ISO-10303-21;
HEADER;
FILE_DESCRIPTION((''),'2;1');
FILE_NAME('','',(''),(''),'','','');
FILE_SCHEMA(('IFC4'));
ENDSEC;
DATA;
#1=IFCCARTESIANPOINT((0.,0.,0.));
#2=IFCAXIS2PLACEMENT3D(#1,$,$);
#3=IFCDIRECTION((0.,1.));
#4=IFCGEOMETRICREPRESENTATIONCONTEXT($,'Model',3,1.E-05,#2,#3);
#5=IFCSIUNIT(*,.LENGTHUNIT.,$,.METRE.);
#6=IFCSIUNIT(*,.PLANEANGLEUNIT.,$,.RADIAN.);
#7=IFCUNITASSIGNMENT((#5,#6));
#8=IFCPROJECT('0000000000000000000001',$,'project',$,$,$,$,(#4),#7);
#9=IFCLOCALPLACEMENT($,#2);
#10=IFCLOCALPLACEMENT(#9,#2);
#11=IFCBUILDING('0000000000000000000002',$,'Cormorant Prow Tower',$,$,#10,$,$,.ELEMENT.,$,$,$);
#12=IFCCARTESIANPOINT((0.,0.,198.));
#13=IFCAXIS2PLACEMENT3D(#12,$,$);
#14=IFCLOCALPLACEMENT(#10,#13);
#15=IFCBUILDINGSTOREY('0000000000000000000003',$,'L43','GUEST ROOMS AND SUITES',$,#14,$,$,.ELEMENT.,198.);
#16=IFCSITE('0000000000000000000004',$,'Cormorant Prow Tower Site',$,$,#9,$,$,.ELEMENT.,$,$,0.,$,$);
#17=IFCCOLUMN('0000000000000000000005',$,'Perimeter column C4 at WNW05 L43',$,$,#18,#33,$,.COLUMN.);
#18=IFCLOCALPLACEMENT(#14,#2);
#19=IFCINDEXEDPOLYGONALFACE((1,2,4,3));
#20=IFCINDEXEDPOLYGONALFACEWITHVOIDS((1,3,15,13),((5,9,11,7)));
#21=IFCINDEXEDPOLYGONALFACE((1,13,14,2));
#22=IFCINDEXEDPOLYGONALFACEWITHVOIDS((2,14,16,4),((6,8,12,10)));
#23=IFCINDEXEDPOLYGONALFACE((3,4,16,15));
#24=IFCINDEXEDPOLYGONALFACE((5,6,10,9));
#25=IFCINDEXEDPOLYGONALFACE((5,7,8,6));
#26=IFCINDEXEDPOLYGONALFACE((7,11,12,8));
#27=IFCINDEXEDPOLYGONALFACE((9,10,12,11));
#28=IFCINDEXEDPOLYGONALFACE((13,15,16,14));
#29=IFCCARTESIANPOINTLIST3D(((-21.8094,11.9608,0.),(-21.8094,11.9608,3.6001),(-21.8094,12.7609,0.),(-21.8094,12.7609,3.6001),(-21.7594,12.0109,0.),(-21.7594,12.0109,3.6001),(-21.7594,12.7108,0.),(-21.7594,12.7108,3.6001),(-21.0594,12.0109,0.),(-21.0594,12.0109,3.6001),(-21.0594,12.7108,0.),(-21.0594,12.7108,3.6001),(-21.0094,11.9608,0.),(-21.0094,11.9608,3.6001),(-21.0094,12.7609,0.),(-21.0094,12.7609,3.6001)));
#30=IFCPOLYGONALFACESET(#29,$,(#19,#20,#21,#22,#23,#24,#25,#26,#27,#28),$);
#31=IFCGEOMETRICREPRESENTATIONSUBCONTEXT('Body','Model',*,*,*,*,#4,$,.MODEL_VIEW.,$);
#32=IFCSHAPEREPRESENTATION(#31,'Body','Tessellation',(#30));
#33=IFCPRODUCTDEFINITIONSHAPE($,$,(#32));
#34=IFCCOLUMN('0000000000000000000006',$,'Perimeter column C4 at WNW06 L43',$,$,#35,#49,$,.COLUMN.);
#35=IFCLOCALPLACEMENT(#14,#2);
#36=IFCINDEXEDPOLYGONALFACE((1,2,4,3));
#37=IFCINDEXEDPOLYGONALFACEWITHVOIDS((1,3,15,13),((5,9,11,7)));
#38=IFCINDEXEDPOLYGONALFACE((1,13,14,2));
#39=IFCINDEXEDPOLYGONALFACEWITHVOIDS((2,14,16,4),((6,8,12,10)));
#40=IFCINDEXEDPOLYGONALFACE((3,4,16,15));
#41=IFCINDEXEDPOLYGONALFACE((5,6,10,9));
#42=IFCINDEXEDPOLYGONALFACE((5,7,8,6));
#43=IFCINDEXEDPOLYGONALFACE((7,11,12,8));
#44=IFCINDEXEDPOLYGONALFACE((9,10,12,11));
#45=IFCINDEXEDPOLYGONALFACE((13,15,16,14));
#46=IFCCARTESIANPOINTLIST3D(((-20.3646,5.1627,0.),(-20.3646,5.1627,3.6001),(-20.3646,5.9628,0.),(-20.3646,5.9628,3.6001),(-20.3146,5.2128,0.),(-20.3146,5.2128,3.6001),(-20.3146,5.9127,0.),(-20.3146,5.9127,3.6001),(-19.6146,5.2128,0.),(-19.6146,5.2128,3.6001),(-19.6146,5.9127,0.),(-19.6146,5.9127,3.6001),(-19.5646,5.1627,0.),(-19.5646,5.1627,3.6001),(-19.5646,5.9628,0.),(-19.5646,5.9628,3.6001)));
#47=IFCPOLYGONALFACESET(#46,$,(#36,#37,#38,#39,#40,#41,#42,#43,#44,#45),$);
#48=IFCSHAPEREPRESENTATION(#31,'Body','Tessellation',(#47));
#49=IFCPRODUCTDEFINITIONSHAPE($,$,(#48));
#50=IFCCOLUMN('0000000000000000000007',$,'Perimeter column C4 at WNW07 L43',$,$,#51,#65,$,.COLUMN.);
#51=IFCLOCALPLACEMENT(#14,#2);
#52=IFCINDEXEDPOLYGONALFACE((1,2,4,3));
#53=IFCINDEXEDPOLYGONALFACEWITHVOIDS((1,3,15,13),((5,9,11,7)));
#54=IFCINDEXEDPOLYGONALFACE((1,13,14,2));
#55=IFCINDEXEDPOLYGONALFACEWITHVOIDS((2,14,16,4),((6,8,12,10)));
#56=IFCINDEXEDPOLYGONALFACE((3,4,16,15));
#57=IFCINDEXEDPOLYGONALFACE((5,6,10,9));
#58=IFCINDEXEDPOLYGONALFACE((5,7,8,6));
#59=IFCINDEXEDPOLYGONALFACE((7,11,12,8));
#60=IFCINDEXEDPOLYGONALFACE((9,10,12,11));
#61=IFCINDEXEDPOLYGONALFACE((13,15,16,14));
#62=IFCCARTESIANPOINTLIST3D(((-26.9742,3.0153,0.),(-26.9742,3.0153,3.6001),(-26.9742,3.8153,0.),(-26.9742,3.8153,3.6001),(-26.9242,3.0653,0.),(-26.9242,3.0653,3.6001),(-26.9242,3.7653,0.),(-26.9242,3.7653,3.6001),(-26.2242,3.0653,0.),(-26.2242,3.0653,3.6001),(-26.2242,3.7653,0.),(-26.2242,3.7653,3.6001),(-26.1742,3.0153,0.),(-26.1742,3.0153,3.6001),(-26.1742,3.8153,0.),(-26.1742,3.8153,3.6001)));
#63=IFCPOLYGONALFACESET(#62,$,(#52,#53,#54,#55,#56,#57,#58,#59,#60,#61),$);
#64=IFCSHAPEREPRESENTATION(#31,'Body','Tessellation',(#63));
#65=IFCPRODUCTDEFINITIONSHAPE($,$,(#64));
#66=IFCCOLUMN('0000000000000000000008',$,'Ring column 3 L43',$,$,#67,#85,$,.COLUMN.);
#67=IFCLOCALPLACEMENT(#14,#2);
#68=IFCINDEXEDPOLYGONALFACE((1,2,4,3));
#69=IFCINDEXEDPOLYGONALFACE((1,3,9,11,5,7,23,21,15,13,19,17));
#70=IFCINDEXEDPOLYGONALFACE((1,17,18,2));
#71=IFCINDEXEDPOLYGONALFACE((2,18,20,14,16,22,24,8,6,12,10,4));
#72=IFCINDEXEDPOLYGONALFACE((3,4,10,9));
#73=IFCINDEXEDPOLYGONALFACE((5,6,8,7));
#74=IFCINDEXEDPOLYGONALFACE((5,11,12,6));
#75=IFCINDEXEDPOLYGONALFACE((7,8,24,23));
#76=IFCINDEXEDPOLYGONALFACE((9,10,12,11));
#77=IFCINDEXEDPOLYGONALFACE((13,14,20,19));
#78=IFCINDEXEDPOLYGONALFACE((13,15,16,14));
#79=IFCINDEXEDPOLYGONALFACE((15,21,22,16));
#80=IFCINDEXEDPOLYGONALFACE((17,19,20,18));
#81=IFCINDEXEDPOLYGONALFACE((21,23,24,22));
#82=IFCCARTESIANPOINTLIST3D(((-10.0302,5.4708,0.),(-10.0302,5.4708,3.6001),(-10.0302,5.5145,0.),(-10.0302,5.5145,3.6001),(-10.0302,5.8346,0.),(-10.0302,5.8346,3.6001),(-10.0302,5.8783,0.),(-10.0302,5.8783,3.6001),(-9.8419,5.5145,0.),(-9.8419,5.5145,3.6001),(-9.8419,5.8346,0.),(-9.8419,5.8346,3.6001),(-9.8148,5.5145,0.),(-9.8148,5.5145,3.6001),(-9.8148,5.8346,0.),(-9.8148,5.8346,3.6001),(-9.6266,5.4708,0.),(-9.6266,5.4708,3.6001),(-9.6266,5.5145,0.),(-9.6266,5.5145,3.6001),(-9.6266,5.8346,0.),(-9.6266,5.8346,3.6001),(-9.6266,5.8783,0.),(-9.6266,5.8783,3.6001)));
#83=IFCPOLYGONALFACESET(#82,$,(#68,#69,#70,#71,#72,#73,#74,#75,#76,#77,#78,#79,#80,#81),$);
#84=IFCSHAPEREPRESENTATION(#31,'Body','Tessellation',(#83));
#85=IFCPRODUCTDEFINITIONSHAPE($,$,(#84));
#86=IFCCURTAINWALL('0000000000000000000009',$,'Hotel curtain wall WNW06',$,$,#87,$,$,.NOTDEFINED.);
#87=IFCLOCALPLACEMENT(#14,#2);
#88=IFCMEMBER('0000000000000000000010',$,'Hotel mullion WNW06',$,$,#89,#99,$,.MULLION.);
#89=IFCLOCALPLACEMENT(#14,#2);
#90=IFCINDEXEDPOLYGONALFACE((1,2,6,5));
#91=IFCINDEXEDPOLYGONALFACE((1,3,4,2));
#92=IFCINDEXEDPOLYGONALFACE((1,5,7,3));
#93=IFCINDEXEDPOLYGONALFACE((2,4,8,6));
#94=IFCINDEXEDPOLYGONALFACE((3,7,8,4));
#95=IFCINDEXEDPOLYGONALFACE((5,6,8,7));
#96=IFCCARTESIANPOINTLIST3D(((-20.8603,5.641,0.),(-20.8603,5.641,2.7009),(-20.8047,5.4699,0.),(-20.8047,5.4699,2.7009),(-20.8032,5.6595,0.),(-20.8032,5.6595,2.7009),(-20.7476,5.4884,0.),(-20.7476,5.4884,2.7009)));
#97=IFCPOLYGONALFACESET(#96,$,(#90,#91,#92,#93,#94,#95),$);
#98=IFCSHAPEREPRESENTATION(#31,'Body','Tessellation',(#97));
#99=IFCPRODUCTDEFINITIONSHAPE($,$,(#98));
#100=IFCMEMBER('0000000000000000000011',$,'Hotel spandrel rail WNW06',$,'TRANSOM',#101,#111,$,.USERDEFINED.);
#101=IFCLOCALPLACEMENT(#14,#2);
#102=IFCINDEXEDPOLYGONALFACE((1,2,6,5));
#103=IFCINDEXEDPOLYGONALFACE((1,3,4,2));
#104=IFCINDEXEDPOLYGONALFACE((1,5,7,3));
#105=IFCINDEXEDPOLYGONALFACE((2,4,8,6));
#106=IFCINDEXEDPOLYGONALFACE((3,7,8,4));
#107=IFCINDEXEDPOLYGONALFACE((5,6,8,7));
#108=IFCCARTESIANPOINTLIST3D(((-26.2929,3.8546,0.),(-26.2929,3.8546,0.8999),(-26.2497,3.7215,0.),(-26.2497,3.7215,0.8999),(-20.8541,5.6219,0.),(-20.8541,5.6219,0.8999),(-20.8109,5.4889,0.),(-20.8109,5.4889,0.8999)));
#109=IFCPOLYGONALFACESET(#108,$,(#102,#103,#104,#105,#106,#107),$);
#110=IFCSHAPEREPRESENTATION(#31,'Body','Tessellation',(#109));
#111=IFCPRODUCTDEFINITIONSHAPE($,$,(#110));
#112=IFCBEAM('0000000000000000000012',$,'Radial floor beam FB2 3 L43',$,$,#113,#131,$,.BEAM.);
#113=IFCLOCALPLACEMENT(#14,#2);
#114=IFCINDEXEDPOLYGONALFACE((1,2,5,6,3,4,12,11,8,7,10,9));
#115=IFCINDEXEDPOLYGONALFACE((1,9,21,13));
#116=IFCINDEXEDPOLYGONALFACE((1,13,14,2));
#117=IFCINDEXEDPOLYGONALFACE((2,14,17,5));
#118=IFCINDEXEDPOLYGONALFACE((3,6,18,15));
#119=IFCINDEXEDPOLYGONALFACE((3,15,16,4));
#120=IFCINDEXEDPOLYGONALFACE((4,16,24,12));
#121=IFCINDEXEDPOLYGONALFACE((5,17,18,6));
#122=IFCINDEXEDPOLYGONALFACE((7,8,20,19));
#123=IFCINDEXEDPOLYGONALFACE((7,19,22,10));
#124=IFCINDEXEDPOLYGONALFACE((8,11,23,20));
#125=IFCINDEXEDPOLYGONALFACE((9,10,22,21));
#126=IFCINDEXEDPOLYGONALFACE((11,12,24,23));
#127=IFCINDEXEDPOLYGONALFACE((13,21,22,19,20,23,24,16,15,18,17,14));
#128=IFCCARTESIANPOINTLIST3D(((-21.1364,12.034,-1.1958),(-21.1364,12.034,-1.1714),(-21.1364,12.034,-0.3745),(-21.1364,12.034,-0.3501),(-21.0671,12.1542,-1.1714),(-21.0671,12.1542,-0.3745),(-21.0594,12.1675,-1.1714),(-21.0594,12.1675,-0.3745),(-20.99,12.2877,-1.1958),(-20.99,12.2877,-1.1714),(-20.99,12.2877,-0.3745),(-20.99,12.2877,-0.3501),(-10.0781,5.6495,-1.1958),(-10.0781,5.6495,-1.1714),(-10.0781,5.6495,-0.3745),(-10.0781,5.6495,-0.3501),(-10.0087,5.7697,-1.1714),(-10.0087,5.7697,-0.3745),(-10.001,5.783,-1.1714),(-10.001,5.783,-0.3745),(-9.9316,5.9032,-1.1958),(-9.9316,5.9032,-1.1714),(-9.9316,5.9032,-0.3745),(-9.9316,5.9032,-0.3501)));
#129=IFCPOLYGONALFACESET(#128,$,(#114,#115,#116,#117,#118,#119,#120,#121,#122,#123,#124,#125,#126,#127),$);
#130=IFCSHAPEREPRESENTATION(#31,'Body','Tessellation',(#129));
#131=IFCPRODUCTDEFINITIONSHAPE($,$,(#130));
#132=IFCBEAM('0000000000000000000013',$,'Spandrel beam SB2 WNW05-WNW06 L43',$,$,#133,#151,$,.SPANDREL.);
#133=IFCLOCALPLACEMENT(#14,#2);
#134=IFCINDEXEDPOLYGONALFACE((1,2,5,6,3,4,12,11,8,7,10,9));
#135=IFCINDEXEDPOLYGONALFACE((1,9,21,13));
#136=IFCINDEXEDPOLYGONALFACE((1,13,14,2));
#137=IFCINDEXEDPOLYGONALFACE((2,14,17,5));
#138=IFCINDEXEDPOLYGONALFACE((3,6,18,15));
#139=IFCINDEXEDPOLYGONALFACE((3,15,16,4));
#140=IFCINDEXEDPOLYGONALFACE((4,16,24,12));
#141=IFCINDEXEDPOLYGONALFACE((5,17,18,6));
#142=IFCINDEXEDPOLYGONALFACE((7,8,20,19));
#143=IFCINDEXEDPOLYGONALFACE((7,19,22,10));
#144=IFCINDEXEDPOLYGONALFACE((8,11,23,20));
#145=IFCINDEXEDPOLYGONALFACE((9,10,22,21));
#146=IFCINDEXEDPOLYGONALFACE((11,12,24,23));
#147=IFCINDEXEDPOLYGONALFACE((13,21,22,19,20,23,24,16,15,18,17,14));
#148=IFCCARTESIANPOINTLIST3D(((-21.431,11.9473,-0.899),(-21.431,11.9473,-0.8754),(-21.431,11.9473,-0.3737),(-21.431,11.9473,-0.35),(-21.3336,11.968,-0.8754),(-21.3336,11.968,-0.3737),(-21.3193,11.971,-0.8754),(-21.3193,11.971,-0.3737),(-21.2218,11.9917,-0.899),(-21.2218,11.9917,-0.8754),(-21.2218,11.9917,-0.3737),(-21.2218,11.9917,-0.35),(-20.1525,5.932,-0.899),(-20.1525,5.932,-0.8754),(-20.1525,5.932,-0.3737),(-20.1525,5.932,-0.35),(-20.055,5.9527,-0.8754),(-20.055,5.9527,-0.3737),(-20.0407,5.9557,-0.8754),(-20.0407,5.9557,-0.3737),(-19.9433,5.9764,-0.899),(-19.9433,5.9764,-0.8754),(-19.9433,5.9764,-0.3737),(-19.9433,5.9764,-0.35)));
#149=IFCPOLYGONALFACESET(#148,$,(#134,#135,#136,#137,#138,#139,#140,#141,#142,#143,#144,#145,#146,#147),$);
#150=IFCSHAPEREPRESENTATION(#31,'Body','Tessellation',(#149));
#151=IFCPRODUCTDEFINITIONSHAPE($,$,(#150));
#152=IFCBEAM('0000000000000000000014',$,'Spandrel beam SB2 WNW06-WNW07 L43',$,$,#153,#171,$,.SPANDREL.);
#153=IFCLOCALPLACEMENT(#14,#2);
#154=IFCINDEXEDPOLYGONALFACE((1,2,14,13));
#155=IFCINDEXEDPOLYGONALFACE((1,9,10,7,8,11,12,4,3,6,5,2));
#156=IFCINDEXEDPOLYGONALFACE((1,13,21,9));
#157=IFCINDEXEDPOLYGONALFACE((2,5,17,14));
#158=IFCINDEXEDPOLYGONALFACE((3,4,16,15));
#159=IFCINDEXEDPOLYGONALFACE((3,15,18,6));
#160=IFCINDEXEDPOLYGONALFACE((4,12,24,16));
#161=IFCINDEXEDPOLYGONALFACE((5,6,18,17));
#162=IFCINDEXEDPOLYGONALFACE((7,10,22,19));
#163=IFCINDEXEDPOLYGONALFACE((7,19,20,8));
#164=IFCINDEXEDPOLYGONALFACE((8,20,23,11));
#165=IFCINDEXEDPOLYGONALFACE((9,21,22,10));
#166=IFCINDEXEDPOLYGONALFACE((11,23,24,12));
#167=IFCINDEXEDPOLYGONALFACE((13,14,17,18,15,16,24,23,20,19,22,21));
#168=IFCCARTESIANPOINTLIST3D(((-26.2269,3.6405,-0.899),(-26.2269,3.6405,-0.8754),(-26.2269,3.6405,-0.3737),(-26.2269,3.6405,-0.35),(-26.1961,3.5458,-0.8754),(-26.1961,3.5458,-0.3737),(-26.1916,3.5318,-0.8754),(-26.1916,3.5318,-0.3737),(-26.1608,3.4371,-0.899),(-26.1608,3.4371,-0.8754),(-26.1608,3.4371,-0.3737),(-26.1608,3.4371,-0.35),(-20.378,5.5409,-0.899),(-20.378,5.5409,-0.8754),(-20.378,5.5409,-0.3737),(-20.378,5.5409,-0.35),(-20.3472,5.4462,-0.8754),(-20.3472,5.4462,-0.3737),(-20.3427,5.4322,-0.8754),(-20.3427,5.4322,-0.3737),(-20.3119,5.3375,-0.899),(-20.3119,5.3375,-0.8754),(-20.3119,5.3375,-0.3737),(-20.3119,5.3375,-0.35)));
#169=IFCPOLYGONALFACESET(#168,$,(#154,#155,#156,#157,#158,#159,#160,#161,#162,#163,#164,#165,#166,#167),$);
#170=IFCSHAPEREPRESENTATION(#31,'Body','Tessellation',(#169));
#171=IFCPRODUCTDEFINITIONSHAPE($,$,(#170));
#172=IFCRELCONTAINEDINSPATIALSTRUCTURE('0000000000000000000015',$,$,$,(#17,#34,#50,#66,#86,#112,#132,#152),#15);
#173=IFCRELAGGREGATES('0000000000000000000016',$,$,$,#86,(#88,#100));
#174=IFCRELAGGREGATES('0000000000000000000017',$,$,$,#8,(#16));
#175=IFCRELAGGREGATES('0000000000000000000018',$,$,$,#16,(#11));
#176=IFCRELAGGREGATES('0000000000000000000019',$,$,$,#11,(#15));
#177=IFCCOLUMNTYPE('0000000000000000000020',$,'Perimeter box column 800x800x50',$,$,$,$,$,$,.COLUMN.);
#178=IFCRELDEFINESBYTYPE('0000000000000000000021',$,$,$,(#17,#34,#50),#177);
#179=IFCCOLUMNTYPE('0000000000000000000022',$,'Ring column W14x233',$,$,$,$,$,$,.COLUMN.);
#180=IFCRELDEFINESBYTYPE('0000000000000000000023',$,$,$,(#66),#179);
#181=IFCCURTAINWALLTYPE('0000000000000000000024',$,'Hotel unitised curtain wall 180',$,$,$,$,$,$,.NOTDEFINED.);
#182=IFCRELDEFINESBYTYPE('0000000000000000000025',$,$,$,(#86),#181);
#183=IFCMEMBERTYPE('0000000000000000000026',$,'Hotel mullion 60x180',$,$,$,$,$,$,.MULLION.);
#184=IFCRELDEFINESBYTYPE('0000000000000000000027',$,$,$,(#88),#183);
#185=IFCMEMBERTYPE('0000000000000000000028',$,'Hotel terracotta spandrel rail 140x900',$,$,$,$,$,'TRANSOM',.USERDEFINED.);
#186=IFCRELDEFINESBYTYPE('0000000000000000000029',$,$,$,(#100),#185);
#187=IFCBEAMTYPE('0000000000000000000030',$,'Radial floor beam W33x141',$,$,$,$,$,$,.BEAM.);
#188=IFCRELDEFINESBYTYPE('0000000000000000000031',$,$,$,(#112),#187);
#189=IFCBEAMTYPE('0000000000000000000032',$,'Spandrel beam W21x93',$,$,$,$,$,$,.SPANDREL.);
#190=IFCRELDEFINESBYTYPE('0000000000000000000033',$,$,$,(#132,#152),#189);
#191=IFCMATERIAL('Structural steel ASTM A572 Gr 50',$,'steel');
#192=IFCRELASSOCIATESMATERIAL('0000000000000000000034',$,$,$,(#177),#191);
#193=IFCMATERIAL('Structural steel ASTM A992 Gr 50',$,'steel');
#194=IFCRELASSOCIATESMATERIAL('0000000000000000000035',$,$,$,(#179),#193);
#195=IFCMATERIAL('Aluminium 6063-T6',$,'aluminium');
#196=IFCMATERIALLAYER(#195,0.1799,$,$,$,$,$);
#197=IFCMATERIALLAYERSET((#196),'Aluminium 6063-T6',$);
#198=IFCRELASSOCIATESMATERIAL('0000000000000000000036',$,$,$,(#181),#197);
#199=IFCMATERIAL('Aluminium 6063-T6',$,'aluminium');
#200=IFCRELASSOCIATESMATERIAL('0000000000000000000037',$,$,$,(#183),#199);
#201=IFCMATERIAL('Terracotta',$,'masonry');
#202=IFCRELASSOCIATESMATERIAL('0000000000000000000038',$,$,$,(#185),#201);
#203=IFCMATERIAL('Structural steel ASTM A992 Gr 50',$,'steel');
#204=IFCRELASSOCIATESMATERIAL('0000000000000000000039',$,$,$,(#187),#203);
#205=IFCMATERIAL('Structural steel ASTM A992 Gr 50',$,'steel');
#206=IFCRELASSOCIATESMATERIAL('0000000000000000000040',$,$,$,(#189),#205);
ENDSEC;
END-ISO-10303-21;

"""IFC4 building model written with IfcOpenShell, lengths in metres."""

from ifc_helpers import new_model, si_unit, direction, frame, origin, origin_2d, place, context, subcontext, project, spatial, rectangle, hollow_rectangle, i_section, extrude, material, layer, layer_set, material_profile, profile_set, type_object, element, aggregate, save


model = new_model("IFC4")

# Units and contexts
model_context = context("Model", 3, precision=1e-05, world=origin(), true_north=direction((0.0, 1.0)))
body_context = subcontext(model_context, "Body", "Model", "MODEL_VIEW")
ifc_project = project(units=[si_unit("LENGTHUNIT", "METRE"), si_unit("PLANEANGLEUNIT", "RADIAN")], contexts=[model_context])

# Site, building, storey
site_placement = place(None, origin())
site = spatial("IfcSite", under=ifc_project, at=site_placement, Name="Cormorant Prow Tower Site", CompositionType="ELEMENT", RefElevation=0.0)
building_placement = place(site_placement, origin())
building = spatial("IfcBuilding", under=site, at=building_placement, Name="Cormorant Prow Tower", CompositionType="ELEMENT")
storey_placement = place(building_placement, frame((0.0, 0.0, 198.0)))
storey = spatial("IfcBuildingStorey", under=building, at=storey_placement, Name="L43", Description="GUEST ROOMS AND SUITES", CompositionType="ELEMENT", Elevation=198.0)

# Columns
ifc_material_1 = material(Name="Structural steel ASTM A572 Gr 50", Category="steel")
ifc_material_profile_1 = material_profile(ifc_material_1, hollow_rectangle(XDim=0.8, YDim=0.8, WallThickness=0.05, at=origin_2d()), Name="Box 800x800x50")
ifc_profile_set_1 = profile_set([ifc_material_profile_1], Name="Structural steel ASTM A572 Gr 50")
column_type_1 = type_object("IfcColumnType", Name="Perimeter box column 800x800x50", PredefinedType="COLUMN", material=ifc_profile_set_1)
for number, where, z_axis, x_axis, name in (
    (1, (-21.4094, 12.3608, 0.0), (0.0, 0.0, 1.0), (1.0, 0.0, 0.0), "Perimeter column C4 at WNW05 L43"),
    (2, (-19.9646, 5.5627, 0.0), (0.0, 0.0, 1.0), (1.0, 0.0, 0.0), "Perimeter column C4 at WNW06 L43"),
    (3, (-26.5742, 3.4153, 0.0), (0.0, 0.0, 1.0), (1.0, 0.0, 0.0), "Perimeter column C4 at WNW07 L43"),
):
    element("IfcColumn", number, at=place(storey_placement, frame(where, z_axis=z_axis, x_axis=x_axis)), inside=storey, type_object=column_type_1, Name=name, PredefinedType="COLUMN", context=body_context, shape_type="SweptSolid", body=[
        extrude(hollow_rectangle(XDim=0.8, YDim=0.8, WallThickness=0.05, at=origin_2d()), origin(), (0.0, 0.0, 1.0), 3.6001),
    ])
ifc_material_2 = material(Name="Structural steel ASTM A992 Gr 50", Category="steel")
ifc_material_profile_2 = material_profile(ifc_material_2, i_section(OverallWidth=0.4036, OverallDepth=0.4075, WebThickness=0.0271, FlangeThickness=0.0437, at=origin_2d()), Name="W14x233")
ifc_profile_set_2 = profile_set([ifc_material_profile_2], Name="Structural steel ASTM A992 Gr 50")
column_type_2 = type_object("IfcColumnType", Name="Ring column W14x233", PredefinedType="COLUMN", material=ifc_profile_set_2)
column_placement = place(storey_placement, frame((-9.8284, 5.6746, 0.0), z_axis=(0.0, 0.0, 1.0), x_axis=(1.0, 0.0, 0.0)))
element("IfcColumn", 4, at=column_placement, inside=storey, type_object=column_type_2, Name="Ring column 3 L43", PredefinedType="COLUMN", context=body_context, shape_type="SweptSolid", body=[
    extrude(i_section(OverallWidth=0.4036, OverallDepth=0.4075, WebThickness=0.0271, FlangeThickness=0.0437, at=origin_2d()), origin(), (0.0, 0.0, 1.0), 3.6001),
])

# Curtain wall, members
ifc_material_3 = material(Name="Aluminium 6063-T6", Category="aluminium")
ifc_layer_1 = layer(ifc_material_3, 0.1799)
ifc_layer_set_1 = layer_set([ifc_layer_1], Name="Aluminium 6063-T6")
curtain_wall_type = type_object("IfcCurtainWallType", Name="Hotel unitised curtain wall 180", PredefinedType="NOTDEFINED", material=ifc_layer_set_1)
curtain_wall_1_placement = place(storey_placement, origin())
curtain_wall_1 = element("IfcCurtainWall", 5, at=curtain_wall_1_placement, inside=storey, type_object=curtain_wall_type, Name="Hotel curtain wall WNW06", PredefinedType="NOTDEFINED")
ifc_material_4 = material(Name="Aluminium 6063-T6", Category="aluminium")
ifc_material_profile_3 = material_profile(ifc_material_4, rectangle(XDim=0.1799, YDim=0.0601, at=origin_2d()), Name="Hotel mullion 60x180")
ifc_profile_set_3 = profile_set([ifc_material_profile_3], Name="Aluminium 6063-T6")
member_type_1 = type_object("IfcMemberType", Name="Hotel mullion 60x180", PredefinedType="MULLION", material=ifc_profile_set_3)
member_1_placement = place(storey_placement, frame((-20.804, 5.5647, 0.0), z_axis=(0.0, 0.0, 1.0), x_axis=(0.309017, -0.951057, 0.0)))
member_1 = element("IfcMember", 6, at=member_1_placement, type_object=member_type_1, Name="Hotel mullion WNW06", PredefinedType="MULLION", context=body_context, shape_type="SweptSolid", body=[
    extrude(rectangle(XDim=0.1799, YDim=0.0601, at=origin_2d()), origin(), (0.0, 0.0, 1.0), 2.7009),
])
ifc_material_5 = material(Name="Terracotta", Category="masonry")
ifc_material_profile_4 = material_profile(ifc_material_5, rectangle(XDim=0.1399, YDim=0.8999, at=origin_2d()), Name="Hotel terracotta spandrel rail 140x900")
ifc_profile_set_4 = profile_set([ifc_material_profile_4], Name="Terracotta")
member_type_2 = type_object("IfcMemberType", Name="Hotel terracotta spandrel rail 140x900", ElementType="TRANSOM", PredefinedType="USERDEFINED", material=ifc_profile_set_4)
member_2_placement = place(storey_placement, frame((-20.8325, 5.5554, 0.45), z_axis=(-0.951047, -0.309046, 0.0), x_axis=(0.309046, -0.951047, 0.0)))
member_2 = element("IfcMember", 7, at=member_2_placement, type_object=member_type_2, Name="Hotel spandrel rail WNW06", ObjectType="TRANSOM", PredefinedType="USERDEFINED", context=body_context, shape_type="SweptSolid", body=[
    extrude(rectangle(XDim=0.1399, YDim=0.8999, at=origin_2d()), origin(), (0.0, 0.0, 1.0), 5.7188),
])

# Beams
ifc_material_6 = material(Name="Structural steel ASTM A992 Gr 50", Category="steel")
ifc_material_profile_5 = material_profile(ifc_material_6, i_section(OverallWidth=0.293, OverallDepth=0.8457, WebThickness=0.0154, FlangeThickness=0.0244, at=origin_2d()), Name="W33x141")
ifc_profile_set_5 = profile_set([ifc_material_profile_5], Name="Structural steel ASTM A992 Gr 50")
beam_type_1 = type_object("IfcBeamType", Name="Radial floor beam W33x141", PredefinedType="BEAM", material=ifc_profile_set_5)
beam_1_placement = place(storey_placement, frame((-10.0049, 5.7764, -0.7729), z_axis=(-0.866026, 0.499999, 0.0), x_axis=(-0.499999, -0.866026, 0.0)))
element("IfcBeam", 8, at=beam_1_placement, inside=storey, type_object=beam_type_1, Name="Radial floor beam FB2 3 L43", PredefinedType="BEAM", context=body_context, shape_type="SweptSolid", body=[
    extrude(i_section(OverallWidth=0.293, OverallDepth=0.8457, WebThickness=0.0154, FlangeThickness=0.0244, at=origin_2d()), origin(), (0.0, 0.0, 1.0), 12.769),
])
ifc_material_7 = material(Name="Structural steel ASTM A992 Gr 50", Category="steel")
ifc_material_profile_6 = material_profile(ifc_material_7, i_section(OverallWidth=0.2139, OverallDepth=0.5491, WebThickness=0.0146, FlangeThickness=0.0237, at=origin_2d()), Name="W21x93")
ifc_profile_set_6 = profile_set([ifc_material_profile_6], Name="Structural steel ASTM A992 Gr 50")
beam_type_2 = type_object("IfcBeamType", Name="Spandrel beam W21x93", PredefinedType="SPANDREL", material=ifc_profile_set_6)
beam_2_placement = place(storey_placement, frame((-21.3264, 11.9695, -0.6245), z_axis=(0.207905, -0.978149, 0.0), x_axis=(0.978149, 0.207905, 0.0)))
element("IfcBeam", 9, at=beam_2_placement, inside=storey, type_object=beam_type_2, Name="Spandrel beam SB2 WNW05-WNW06 L43", PredefinedType="SPANDREL", context=body_context, shape_type="SweptSolid", body=[
    extrude(i_section(OverallWidth=0.2139, OverallDepth=0.5491, WebThickness=0.0146, FlangeThickness=0.0237, at=origin_2d()), origin(), (0.0, 0.0, 1.0), 6.1497),
])
beam_3_placement = place(storey_placement, frame((-20.345, 5.4392, -0.6245), z_axis=(-0.951058, -0.309013, 0.0), x_axis=(0.309013, -0.951058, 0.0)))
element("IfcBeam", 10, at=beam_3_placement, inside=storey, type_object=beam_type_2, Name="Spandrel beam SB2 WNW06-WNW07 L43", PredefinedType="SPANDREL", context=body_context, shape_type="SweptSolid", body=[
    extrude(i_section(OverallWidth=0.2139, OverallDepth=0.5491, WebThickness=0.0146, FlangeThickness=0.0237, at=origin_2d()), origin(), (0.0, 0.0, 1.0), 6.1499),
])

aggregate(curtain_wall_1, [member_1, member_2])

save(model, "model.ifc")
